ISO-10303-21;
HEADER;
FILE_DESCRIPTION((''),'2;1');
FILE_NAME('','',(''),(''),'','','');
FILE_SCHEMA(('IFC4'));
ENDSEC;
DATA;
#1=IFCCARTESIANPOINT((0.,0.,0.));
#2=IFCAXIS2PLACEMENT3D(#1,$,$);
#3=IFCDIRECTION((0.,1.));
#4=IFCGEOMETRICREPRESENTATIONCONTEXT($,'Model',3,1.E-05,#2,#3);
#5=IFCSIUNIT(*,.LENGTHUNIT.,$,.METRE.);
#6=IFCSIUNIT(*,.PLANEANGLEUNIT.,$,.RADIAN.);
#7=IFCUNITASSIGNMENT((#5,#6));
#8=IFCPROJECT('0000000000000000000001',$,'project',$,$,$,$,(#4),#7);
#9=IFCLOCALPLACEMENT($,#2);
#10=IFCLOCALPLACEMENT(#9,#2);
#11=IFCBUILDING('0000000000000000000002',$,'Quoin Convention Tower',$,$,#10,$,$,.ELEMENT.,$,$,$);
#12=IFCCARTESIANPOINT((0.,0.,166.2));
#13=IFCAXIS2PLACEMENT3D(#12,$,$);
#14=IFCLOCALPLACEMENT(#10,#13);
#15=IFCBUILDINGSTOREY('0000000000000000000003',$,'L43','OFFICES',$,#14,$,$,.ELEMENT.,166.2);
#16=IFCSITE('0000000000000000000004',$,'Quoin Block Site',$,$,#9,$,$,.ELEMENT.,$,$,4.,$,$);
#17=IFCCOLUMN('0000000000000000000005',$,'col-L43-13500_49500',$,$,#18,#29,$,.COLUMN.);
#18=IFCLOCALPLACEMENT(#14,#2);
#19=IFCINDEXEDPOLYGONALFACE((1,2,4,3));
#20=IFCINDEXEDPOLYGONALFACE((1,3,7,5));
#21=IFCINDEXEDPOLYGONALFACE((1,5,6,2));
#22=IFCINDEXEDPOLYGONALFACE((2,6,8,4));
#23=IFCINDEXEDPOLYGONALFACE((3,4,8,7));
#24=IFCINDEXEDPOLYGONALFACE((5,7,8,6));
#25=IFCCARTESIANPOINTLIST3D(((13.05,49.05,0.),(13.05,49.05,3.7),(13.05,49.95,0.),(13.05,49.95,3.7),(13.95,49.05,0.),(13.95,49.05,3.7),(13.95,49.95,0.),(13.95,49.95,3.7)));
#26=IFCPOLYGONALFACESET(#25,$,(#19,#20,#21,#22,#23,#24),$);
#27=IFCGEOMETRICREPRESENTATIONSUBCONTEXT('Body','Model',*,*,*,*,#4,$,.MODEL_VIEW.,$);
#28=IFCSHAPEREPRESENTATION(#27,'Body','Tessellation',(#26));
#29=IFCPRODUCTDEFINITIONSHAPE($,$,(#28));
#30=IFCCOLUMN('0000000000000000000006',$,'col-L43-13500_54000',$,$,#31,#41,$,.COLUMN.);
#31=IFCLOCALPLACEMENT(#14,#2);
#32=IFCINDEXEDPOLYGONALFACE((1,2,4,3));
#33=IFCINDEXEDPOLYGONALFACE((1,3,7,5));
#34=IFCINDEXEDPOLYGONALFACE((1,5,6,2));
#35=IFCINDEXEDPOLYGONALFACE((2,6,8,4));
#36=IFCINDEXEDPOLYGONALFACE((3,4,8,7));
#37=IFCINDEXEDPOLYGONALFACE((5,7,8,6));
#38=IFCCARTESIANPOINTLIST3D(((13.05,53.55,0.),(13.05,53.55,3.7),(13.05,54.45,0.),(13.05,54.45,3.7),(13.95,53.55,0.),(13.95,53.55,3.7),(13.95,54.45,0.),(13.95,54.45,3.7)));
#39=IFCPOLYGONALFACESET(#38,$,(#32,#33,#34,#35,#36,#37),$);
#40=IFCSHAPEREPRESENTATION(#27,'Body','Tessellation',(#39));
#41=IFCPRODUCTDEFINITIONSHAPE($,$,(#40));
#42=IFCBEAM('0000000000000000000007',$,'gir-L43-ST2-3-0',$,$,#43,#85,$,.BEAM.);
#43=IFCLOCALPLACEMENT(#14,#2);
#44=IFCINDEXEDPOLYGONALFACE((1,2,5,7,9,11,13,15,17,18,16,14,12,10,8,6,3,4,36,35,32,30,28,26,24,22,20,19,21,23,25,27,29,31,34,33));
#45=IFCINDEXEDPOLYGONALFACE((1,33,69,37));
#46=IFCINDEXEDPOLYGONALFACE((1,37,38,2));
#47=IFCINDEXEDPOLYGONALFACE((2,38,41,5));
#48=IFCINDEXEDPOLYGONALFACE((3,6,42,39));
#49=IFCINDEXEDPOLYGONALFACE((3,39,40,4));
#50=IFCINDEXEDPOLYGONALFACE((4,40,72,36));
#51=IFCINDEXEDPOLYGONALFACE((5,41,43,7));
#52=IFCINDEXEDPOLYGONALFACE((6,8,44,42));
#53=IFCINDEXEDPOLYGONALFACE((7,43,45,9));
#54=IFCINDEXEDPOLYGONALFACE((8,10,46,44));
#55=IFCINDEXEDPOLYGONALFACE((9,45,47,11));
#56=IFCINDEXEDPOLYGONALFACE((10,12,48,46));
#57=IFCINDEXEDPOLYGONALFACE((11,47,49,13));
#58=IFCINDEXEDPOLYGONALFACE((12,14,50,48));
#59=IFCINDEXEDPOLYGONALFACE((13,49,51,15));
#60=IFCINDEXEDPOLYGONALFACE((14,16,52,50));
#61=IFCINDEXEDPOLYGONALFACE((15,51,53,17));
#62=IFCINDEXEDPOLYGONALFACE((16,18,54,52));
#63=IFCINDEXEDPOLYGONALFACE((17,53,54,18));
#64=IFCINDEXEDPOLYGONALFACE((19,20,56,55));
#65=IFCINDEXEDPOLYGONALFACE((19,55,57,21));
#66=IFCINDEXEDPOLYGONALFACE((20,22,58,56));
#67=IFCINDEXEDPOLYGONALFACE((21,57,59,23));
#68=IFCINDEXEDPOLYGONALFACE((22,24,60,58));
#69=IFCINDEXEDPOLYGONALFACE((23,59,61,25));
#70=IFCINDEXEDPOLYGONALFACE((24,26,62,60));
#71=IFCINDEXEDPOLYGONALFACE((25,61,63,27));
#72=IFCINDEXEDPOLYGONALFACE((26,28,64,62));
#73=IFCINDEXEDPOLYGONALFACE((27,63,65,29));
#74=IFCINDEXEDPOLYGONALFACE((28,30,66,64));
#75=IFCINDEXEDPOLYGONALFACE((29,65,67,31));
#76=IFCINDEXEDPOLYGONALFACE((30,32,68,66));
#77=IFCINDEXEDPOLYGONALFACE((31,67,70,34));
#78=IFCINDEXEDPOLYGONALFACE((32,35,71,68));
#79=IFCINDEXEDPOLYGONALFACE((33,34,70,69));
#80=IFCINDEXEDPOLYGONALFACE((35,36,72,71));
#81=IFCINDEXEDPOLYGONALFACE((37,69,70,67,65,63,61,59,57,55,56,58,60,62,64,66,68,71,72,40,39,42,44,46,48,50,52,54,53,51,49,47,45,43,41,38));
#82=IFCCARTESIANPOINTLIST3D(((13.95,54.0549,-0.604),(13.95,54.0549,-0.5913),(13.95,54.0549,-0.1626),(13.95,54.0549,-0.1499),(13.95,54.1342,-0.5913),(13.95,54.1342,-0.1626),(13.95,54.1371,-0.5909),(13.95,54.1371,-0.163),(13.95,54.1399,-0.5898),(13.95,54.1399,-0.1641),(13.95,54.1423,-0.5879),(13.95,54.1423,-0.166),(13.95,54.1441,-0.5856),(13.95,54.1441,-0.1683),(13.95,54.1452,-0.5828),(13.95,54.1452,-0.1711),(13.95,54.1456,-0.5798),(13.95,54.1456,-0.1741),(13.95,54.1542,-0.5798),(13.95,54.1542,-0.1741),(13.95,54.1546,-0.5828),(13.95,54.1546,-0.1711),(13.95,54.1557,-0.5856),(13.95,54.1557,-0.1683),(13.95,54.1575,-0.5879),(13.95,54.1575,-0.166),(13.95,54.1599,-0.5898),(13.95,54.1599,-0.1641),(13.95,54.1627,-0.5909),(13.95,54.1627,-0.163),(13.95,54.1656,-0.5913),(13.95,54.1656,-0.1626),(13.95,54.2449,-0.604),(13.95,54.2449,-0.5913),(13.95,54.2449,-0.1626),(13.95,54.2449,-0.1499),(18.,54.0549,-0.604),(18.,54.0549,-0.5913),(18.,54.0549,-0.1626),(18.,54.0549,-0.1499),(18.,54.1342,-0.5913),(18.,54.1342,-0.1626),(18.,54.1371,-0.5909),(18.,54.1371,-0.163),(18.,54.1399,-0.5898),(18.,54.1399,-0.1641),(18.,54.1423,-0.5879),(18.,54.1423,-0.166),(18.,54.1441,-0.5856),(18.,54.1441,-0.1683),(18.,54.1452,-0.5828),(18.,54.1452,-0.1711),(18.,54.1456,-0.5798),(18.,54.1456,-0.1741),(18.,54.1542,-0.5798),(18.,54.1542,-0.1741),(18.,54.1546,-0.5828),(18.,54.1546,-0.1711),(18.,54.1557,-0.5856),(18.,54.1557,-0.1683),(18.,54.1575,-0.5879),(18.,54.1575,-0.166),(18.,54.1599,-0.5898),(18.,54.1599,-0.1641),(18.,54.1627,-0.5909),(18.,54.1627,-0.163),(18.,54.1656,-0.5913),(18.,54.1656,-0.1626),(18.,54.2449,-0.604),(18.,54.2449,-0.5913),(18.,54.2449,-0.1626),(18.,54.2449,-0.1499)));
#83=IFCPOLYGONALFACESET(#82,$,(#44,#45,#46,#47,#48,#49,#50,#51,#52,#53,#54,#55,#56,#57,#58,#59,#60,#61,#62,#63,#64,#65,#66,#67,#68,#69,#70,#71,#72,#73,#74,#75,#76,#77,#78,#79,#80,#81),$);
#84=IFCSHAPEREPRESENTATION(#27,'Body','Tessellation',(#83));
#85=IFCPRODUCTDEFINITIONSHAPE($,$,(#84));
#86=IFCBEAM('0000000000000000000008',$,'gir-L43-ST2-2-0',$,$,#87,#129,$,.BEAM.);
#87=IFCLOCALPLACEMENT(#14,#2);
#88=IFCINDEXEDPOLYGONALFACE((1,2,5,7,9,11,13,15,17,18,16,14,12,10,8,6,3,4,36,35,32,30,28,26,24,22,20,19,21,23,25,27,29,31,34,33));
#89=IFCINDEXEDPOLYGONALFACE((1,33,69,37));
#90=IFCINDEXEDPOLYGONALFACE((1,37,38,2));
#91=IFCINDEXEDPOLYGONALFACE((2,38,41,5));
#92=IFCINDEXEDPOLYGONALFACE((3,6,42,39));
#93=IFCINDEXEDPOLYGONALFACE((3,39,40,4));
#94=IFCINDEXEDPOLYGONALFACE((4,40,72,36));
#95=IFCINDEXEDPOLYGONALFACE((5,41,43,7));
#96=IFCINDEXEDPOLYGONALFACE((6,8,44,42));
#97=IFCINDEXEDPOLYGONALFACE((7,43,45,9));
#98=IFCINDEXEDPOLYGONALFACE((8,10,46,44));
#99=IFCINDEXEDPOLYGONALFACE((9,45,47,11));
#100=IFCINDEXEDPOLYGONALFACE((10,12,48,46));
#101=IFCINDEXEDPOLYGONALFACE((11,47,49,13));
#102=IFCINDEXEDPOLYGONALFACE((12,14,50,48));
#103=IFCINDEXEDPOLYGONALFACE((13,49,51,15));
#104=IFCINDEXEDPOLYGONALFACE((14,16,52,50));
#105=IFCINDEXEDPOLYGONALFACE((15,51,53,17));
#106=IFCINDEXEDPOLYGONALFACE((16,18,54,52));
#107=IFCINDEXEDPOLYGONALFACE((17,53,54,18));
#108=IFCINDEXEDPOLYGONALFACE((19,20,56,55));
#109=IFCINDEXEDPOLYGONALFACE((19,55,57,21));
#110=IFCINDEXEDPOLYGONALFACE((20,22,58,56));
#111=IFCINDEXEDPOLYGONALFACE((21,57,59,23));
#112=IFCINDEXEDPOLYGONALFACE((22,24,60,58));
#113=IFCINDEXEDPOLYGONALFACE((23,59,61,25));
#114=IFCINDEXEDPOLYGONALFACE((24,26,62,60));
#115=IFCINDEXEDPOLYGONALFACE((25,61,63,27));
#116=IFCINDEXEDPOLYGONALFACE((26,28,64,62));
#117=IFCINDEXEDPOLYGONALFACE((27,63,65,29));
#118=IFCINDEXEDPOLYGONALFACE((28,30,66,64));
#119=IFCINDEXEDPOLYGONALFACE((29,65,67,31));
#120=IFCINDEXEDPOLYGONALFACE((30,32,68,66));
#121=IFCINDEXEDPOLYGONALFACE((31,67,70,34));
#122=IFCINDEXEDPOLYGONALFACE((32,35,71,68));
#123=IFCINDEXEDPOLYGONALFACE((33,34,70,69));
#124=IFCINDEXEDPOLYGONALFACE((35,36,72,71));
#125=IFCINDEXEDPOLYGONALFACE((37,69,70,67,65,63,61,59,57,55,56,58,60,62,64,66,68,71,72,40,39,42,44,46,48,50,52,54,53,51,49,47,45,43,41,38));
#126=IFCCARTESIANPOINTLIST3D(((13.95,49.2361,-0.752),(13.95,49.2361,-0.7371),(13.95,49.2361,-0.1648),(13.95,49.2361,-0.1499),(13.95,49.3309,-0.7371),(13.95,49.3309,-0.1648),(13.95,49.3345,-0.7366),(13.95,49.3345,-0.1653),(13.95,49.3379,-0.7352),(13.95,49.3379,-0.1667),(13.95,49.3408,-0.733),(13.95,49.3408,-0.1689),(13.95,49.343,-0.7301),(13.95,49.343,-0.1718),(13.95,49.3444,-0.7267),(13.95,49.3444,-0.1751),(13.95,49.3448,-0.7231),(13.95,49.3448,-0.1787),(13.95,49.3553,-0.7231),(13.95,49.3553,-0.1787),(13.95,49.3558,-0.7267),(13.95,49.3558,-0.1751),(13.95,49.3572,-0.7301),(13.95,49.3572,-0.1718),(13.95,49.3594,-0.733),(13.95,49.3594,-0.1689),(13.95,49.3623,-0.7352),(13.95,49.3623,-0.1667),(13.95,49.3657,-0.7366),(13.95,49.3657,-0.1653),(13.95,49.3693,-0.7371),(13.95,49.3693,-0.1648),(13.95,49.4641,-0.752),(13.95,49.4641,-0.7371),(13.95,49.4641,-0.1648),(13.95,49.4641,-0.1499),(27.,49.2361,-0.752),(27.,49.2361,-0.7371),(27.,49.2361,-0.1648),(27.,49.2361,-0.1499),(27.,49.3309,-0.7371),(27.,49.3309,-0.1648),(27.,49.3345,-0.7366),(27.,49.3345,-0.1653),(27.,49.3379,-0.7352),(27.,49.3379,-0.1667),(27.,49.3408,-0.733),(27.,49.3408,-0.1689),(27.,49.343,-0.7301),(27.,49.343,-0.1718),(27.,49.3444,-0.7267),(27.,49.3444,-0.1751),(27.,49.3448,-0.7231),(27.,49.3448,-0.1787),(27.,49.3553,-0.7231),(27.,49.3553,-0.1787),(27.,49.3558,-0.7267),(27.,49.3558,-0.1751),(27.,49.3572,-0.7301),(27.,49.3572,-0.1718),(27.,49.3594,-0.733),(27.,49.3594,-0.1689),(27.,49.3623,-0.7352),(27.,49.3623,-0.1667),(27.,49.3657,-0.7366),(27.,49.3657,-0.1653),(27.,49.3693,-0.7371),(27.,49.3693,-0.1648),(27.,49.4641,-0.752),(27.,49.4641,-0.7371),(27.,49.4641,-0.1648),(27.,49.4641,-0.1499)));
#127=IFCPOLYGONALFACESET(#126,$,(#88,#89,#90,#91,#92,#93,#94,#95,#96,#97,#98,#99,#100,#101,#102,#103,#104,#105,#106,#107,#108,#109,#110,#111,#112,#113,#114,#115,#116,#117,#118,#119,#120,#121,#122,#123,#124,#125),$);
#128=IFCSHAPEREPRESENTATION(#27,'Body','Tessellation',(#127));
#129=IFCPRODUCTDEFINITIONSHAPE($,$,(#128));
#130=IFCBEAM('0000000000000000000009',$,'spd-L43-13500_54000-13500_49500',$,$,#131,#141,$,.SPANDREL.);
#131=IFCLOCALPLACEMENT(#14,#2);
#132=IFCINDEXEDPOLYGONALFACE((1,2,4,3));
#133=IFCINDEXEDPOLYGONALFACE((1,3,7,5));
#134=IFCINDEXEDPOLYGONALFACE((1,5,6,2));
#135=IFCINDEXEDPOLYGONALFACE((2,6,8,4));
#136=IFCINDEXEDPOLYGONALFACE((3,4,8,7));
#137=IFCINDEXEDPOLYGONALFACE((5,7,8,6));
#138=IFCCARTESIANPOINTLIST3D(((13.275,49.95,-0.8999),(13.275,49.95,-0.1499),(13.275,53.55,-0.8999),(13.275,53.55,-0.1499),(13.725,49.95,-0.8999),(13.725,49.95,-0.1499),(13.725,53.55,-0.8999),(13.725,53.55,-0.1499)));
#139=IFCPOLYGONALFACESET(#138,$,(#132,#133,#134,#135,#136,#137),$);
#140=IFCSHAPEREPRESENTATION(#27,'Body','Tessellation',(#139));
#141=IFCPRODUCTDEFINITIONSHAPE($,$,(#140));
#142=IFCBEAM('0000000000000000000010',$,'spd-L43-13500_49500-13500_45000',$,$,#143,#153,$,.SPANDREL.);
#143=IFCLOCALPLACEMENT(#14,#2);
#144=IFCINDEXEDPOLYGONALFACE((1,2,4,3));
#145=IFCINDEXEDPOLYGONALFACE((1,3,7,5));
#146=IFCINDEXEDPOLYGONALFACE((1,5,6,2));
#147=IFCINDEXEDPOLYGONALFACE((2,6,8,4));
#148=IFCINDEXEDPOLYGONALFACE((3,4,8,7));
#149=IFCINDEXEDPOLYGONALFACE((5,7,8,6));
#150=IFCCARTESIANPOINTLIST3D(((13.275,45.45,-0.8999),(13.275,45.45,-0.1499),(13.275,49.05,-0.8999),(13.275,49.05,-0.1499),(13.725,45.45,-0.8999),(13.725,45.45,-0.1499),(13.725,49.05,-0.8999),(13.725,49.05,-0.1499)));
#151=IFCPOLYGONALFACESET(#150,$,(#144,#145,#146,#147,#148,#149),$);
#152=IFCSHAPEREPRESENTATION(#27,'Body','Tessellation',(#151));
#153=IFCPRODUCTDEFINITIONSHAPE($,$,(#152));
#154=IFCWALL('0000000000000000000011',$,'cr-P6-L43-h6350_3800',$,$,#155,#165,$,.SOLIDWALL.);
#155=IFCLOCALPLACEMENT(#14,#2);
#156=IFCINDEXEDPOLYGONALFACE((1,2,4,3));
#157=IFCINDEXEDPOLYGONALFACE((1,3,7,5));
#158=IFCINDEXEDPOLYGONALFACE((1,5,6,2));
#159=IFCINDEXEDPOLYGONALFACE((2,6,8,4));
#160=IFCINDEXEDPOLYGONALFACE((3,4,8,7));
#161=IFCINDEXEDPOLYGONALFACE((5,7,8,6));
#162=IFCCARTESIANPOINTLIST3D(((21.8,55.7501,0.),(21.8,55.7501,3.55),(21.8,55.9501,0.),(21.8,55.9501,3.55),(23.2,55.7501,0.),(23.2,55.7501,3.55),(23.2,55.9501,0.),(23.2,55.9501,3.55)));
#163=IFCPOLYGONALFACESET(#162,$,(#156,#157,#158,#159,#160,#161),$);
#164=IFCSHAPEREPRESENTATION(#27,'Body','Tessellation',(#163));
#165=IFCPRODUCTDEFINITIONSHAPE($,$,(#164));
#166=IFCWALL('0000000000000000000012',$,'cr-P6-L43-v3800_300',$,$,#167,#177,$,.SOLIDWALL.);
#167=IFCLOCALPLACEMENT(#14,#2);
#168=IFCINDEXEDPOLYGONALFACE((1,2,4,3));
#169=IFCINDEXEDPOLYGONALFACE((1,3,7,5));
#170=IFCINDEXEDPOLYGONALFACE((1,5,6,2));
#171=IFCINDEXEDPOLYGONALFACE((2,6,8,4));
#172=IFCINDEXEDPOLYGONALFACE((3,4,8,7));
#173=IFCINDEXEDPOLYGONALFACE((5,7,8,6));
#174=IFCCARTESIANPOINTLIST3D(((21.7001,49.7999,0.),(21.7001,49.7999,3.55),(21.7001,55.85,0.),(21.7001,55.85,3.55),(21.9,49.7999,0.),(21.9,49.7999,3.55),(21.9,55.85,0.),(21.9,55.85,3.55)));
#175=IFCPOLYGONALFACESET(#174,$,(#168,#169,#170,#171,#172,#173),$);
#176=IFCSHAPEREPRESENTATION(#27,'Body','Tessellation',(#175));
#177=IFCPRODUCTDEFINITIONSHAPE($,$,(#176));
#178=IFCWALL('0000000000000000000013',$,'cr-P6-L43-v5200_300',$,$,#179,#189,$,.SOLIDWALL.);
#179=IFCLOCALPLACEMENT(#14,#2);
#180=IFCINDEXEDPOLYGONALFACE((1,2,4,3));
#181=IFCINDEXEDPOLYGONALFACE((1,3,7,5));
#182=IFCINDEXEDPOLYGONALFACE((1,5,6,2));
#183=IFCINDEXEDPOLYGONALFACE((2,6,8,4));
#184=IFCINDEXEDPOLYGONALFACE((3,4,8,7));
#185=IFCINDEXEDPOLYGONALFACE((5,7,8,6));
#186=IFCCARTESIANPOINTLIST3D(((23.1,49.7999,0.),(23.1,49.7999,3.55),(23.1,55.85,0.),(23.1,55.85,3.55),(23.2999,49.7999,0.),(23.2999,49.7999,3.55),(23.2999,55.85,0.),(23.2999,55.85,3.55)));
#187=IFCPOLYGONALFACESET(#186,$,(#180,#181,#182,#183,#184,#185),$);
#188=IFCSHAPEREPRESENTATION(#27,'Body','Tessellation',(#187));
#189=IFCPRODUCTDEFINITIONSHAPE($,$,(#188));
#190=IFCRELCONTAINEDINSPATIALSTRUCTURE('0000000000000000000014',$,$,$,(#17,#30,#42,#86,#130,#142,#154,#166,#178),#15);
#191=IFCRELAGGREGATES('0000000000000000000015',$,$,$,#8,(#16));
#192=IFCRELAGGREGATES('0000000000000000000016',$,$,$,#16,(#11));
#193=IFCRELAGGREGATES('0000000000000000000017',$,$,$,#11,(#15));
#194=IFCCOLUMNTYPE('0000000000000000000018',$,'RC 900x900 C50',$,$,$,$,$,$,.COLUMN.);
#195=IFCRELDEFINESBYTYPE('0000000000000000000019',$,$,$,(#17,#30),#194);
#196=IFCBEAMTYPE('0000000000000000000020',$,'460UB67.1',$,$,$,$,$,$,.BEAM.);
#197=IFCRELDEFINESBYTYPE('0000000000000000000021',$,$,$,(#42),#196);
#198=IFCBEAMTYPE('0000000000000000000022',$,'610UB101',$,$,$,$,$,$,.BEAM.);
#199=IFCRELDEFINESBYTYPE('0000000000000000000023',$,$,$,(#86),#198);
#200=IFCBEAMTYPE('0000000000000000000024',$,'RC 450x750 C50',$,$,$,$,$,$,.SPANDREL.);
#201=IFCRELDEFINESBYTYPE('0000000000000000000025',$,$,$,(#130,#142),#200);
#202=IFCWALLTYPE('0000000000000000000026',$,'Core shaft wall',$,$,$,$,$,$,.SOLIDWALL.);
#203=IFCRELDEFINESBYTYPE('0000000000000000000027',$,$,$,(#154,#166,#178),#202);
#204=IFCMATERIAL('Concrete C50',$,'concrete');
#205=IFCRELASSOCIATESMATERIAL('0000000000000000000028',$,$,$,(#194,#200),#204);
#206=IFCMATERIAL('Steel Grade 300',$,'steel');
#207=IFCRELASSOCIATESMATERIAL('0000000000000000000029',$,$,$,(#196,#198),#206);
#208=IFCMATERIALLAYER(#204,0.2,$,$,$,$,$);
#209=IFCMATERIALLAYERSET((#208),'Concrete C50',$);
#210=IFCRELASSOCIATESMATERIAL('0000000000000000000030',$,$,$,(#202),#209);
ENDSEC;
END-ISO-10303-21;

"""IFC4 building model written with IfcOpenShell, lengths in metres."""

from ifc_helpers import new_model, si_unit, direction, frame, frame_2d, origin, origin_2d, place, context, subcontext, project, spatial, rectangle, i_section, extrude, material, layer, layer_set, material_profile, profile_set, type_object, element, save


model = new_model("IFC4")

# Units and contexts
model_context = context("Model", 3, precision=1e-05, world=origin(), true_north=direction((0.0, 1.0)))
body_context = subcontext(model_context, "Body", "Model", "MODEL_VIEW")
ifc_project = project(units=[si_unit("LENGTHUNIT", "METRE"), si_unit("PLANEANGLEUNIT", "RADIAN")], contexts=[model_context])

# Site, building, storey
site_placement = place(None, origin())
site = spatial("IfcSite", under=ifc_project, at=site_placement, Name="Quoin Block Site", CompositionType="ELEMENT", RefElevation=4.0)
building_placement = place(site_placement, origin())
building = spatial("IfcBuilding", under=site, at=building_placement, Name="Quoin Convention Tower", CompositionType="ELEMENT")
storey_placement = place(building_placement, frame((0.0, 0.0, 166.2)))
storey = spatial("IfcBuildingStorey", under=building, at=storey_placement, Name="L43", Description="OFFICES", CompositionType="ELEMENT", Elevation=166.2)

# Columns
ifc_material_1 = material(Name="Concrete C50", Category="concrete")
ifc_material_profile_1 = material_profile(ifc_material_1, rectangle(XDim=0.8999, YDim=0.8999, at=origin_2d()), Name="RC 900x900")
ifc_profile_set_1 = profile_set([ifc_material_profile_1], Name="Concrete C50")
column_type = type_object("IfcColumnType", Name="RC 900x900 C50", PredefinedType="COLUMN", material=ifc_profile_set_1)
for number, where, z_axis, x_axis, name in (
    (1, (13.5, 49.5, 0.0), (0.0, 0.0, 1.0), (1.0, 0.0, 0.0), "col-L43-13500_49500"),
    (2, (13.5, 54.0, 0.0), (0.0, 0.0, 1.0), (1.0, 0.0, 0.0), "col-L43-13500_54000"),
):
    element("IfcColumn", number, at=place(storey_placement, frame(where, z_axis=z_axis, x_axis=x_axis)), inside=storey, type_object=column_type, Name=name, PredefinedType="COLUMN", context=body_context, shape_type="SweptSolid", body=[
        extrude(rectangle(XDim=0.8999, YDim=0.8999, at=origin_2d()), origin(), (0.0, 0.0, 1.0), 3.7),
    ])

# Beams
ifc_material_2 = material(Name="Steel Grade 300", Category="steel")
ifc_material_profile_2 = material_profile(ifc_material_2, i_section(OverallWidth=0.1899, OverallDepth=0.4541, WebThickness=0.0085, FlangeThickness=0.0127, FilletRadius=0.0115, at=origin_2d()), Name="460UB67.1")
ifc_profile_set_2 = profile_set([ifc_material_profile_2], Name="Steel Grade 300")
beam_type_1 = type_object("IfcBeamType", Name="460UB67.1", PredefinedType="BEAM", material=ifc_profile_set_2)
beam_1_placement = place(storey_placement, frame((13.95, 54.1499, -0.377), z_axis=(1.0, 0.0, 0.0), x_axis=(0.0, 1.0, 0.0)))
element("IfcBeam", 3, at=beam_1_placement, inside=storey, type_object=beam_type_1, Name="gir-L43-ST2-3-0", PredefinedType="BEAM", context=body_context, shape_type="SweptSolid", body=[
    extrude(i_section(OverallWidth=0.1899, OverallDepth=0.4541, WebThickness=0.0085, FlangeThickness=0.0127, FilletRadius=0.0115, at=origin_2d()), origin(), (0.0, 0.0, 1.0), 4.05),
])
ifc_material_profile_3 = material_profile(ifc_material_2, i_section(OverallWidth=0.228, OverallDepth=0.6021, WebThickness=0.0105, FlangeThickness=0.0149, FilletRadius=0.0139, at=origin_2d()), Name="610UB101")
ifc_profile_set_3 = profile_set([ifc_material_profile_3], Name="Steel Grade 300")
beam_type_2 = type_object("IfcBeamType", Name="610UB101", PredefinedType="BEAM", material=ifc_profile_set_3)
beam_2_placement = place(storey_placement, frame((13.95, 49.3501, -0.4509), z_axis=(1.0, 0.0, 0.0), x_axis=(0.0, 1.0, 0.0)))
element("IfcBeam", 4, at=beam_2_placement, inside=storey, type_object=beam_type_2, Name="gir-L43-ST2-2-0", PredefinedType="BEAM", context=body_context, shape_type="SweptSolid", body=[
    extrude(i_section(OverallWidth=0.228, OverallDepth=0.6021, WebThickness=0.0105, FlangeThickness=0.0149, FilletRadius=0.0139, at=origin_2d()), origin(), (0.0, 0.0, 1.0), 13.05),
])
ifc_material_profile_4 = material_profile(ifc_material_1, rectangle(XDim=0.45, YDim=0.75, at=origin_2d()), Name="RC 450x750")
ifc_profile_set_4 = profile_set([ifc_material_profile_4], Name="Concrete C50")
beam_type_3 = type_object("IfcBeamType", Name="RC 450x750 C50", PredefinedType="SPANDREL", material=ifc_profile_set_4)
for number, where, z_axis, x_axis, name in (
    (5, (13.5, 53.55, -0.5249), (0.0, -1.0, 0.0), (1.0, 0.0, 0.0), "spd-L43-13500_54000-13500_49500"),
    (6, (13.5, 49.05, -0.5249), (0.0, -1.0, 0.0), (1.0, 0.0, 0.0), "spd-L43-13500_49500-13500_45000"),
):
    element("IfcBeam", number, at=place(storey_placement, frame(where, z_axis=z_axis, x_axis=x_axis)), inside=storey, type_object=beam_type_3, Name=name, PredefinedType="SPANDREL", context=body_context, shape_type="SweptSolid", body=[
        extrude(rectangle(XDim=0.45, YDim=0.75, at=origin_2d()), origin(), (0.0, 0.0, 1.0), 3.6001),
    ])

# Walls
ifc_layer_1 = layer(ifc_material_1, 0.2)
ifc_layer_set_1 = layer_set([ifc_layer_1], Name="Concrete C50")
wall_type_1 = type_object("IfcWallType", Name="Core shaft wall", PredefinedType="SOLIDWALL", material=ifc_layer_set_1)
wall_1_placement = place(storey_placement, frame((21.8, 55.8501, 0.0), z_axis=(0.0, 0.0, 1.0), x_axis=(1.0, 0.0, 0.0)))
element("IfcWall", 7, at=wall_1_placement, inside=storey, type_object=wall_type_1, Name="cr-P6-L43-h6350_3800", PredefinedType="SOLIDWALL", context=body_context, shape_type="SweptSolid", body=[
    extrude(rectangle(XDim=1.3999, YDim=0.2, at=frame_2d((0.7, 0.0))), origin(), (0.0, 0.0, 1.0), 3.55),
])
for number, where, z_axis, x_axis, name in (
    (8, (21.8, 49.8, 0.0), (0.0, 0.0, 1.0), (0.0, 1.0, 0.0), "cr-P6-L43-v3800_300"),
    (9, (23.2, 49.8, 0.0), (0.0, 0.0, 1.0), (0.0, 1.0, 0.0), "cr-P6-L43-v5200_300"),
):
    element("IfcWall", number, at=place(storey_placement, frame(where, z_axis=z_axis, x_axis=x_axis)), inside=storey, type_object=wall_type_1, Name=name, PredefinedType="SOLIDWALL", context=body_context, shape_type="SweptSolid", body=[
        extrude(rectangle(XDim=6.05, YDim=0.2, at=frame_2d((3.0249, 0.0))), origin(), (0.0, 0.0, 1.0), 3.55),
    ])

save(model, "model.ifc")
